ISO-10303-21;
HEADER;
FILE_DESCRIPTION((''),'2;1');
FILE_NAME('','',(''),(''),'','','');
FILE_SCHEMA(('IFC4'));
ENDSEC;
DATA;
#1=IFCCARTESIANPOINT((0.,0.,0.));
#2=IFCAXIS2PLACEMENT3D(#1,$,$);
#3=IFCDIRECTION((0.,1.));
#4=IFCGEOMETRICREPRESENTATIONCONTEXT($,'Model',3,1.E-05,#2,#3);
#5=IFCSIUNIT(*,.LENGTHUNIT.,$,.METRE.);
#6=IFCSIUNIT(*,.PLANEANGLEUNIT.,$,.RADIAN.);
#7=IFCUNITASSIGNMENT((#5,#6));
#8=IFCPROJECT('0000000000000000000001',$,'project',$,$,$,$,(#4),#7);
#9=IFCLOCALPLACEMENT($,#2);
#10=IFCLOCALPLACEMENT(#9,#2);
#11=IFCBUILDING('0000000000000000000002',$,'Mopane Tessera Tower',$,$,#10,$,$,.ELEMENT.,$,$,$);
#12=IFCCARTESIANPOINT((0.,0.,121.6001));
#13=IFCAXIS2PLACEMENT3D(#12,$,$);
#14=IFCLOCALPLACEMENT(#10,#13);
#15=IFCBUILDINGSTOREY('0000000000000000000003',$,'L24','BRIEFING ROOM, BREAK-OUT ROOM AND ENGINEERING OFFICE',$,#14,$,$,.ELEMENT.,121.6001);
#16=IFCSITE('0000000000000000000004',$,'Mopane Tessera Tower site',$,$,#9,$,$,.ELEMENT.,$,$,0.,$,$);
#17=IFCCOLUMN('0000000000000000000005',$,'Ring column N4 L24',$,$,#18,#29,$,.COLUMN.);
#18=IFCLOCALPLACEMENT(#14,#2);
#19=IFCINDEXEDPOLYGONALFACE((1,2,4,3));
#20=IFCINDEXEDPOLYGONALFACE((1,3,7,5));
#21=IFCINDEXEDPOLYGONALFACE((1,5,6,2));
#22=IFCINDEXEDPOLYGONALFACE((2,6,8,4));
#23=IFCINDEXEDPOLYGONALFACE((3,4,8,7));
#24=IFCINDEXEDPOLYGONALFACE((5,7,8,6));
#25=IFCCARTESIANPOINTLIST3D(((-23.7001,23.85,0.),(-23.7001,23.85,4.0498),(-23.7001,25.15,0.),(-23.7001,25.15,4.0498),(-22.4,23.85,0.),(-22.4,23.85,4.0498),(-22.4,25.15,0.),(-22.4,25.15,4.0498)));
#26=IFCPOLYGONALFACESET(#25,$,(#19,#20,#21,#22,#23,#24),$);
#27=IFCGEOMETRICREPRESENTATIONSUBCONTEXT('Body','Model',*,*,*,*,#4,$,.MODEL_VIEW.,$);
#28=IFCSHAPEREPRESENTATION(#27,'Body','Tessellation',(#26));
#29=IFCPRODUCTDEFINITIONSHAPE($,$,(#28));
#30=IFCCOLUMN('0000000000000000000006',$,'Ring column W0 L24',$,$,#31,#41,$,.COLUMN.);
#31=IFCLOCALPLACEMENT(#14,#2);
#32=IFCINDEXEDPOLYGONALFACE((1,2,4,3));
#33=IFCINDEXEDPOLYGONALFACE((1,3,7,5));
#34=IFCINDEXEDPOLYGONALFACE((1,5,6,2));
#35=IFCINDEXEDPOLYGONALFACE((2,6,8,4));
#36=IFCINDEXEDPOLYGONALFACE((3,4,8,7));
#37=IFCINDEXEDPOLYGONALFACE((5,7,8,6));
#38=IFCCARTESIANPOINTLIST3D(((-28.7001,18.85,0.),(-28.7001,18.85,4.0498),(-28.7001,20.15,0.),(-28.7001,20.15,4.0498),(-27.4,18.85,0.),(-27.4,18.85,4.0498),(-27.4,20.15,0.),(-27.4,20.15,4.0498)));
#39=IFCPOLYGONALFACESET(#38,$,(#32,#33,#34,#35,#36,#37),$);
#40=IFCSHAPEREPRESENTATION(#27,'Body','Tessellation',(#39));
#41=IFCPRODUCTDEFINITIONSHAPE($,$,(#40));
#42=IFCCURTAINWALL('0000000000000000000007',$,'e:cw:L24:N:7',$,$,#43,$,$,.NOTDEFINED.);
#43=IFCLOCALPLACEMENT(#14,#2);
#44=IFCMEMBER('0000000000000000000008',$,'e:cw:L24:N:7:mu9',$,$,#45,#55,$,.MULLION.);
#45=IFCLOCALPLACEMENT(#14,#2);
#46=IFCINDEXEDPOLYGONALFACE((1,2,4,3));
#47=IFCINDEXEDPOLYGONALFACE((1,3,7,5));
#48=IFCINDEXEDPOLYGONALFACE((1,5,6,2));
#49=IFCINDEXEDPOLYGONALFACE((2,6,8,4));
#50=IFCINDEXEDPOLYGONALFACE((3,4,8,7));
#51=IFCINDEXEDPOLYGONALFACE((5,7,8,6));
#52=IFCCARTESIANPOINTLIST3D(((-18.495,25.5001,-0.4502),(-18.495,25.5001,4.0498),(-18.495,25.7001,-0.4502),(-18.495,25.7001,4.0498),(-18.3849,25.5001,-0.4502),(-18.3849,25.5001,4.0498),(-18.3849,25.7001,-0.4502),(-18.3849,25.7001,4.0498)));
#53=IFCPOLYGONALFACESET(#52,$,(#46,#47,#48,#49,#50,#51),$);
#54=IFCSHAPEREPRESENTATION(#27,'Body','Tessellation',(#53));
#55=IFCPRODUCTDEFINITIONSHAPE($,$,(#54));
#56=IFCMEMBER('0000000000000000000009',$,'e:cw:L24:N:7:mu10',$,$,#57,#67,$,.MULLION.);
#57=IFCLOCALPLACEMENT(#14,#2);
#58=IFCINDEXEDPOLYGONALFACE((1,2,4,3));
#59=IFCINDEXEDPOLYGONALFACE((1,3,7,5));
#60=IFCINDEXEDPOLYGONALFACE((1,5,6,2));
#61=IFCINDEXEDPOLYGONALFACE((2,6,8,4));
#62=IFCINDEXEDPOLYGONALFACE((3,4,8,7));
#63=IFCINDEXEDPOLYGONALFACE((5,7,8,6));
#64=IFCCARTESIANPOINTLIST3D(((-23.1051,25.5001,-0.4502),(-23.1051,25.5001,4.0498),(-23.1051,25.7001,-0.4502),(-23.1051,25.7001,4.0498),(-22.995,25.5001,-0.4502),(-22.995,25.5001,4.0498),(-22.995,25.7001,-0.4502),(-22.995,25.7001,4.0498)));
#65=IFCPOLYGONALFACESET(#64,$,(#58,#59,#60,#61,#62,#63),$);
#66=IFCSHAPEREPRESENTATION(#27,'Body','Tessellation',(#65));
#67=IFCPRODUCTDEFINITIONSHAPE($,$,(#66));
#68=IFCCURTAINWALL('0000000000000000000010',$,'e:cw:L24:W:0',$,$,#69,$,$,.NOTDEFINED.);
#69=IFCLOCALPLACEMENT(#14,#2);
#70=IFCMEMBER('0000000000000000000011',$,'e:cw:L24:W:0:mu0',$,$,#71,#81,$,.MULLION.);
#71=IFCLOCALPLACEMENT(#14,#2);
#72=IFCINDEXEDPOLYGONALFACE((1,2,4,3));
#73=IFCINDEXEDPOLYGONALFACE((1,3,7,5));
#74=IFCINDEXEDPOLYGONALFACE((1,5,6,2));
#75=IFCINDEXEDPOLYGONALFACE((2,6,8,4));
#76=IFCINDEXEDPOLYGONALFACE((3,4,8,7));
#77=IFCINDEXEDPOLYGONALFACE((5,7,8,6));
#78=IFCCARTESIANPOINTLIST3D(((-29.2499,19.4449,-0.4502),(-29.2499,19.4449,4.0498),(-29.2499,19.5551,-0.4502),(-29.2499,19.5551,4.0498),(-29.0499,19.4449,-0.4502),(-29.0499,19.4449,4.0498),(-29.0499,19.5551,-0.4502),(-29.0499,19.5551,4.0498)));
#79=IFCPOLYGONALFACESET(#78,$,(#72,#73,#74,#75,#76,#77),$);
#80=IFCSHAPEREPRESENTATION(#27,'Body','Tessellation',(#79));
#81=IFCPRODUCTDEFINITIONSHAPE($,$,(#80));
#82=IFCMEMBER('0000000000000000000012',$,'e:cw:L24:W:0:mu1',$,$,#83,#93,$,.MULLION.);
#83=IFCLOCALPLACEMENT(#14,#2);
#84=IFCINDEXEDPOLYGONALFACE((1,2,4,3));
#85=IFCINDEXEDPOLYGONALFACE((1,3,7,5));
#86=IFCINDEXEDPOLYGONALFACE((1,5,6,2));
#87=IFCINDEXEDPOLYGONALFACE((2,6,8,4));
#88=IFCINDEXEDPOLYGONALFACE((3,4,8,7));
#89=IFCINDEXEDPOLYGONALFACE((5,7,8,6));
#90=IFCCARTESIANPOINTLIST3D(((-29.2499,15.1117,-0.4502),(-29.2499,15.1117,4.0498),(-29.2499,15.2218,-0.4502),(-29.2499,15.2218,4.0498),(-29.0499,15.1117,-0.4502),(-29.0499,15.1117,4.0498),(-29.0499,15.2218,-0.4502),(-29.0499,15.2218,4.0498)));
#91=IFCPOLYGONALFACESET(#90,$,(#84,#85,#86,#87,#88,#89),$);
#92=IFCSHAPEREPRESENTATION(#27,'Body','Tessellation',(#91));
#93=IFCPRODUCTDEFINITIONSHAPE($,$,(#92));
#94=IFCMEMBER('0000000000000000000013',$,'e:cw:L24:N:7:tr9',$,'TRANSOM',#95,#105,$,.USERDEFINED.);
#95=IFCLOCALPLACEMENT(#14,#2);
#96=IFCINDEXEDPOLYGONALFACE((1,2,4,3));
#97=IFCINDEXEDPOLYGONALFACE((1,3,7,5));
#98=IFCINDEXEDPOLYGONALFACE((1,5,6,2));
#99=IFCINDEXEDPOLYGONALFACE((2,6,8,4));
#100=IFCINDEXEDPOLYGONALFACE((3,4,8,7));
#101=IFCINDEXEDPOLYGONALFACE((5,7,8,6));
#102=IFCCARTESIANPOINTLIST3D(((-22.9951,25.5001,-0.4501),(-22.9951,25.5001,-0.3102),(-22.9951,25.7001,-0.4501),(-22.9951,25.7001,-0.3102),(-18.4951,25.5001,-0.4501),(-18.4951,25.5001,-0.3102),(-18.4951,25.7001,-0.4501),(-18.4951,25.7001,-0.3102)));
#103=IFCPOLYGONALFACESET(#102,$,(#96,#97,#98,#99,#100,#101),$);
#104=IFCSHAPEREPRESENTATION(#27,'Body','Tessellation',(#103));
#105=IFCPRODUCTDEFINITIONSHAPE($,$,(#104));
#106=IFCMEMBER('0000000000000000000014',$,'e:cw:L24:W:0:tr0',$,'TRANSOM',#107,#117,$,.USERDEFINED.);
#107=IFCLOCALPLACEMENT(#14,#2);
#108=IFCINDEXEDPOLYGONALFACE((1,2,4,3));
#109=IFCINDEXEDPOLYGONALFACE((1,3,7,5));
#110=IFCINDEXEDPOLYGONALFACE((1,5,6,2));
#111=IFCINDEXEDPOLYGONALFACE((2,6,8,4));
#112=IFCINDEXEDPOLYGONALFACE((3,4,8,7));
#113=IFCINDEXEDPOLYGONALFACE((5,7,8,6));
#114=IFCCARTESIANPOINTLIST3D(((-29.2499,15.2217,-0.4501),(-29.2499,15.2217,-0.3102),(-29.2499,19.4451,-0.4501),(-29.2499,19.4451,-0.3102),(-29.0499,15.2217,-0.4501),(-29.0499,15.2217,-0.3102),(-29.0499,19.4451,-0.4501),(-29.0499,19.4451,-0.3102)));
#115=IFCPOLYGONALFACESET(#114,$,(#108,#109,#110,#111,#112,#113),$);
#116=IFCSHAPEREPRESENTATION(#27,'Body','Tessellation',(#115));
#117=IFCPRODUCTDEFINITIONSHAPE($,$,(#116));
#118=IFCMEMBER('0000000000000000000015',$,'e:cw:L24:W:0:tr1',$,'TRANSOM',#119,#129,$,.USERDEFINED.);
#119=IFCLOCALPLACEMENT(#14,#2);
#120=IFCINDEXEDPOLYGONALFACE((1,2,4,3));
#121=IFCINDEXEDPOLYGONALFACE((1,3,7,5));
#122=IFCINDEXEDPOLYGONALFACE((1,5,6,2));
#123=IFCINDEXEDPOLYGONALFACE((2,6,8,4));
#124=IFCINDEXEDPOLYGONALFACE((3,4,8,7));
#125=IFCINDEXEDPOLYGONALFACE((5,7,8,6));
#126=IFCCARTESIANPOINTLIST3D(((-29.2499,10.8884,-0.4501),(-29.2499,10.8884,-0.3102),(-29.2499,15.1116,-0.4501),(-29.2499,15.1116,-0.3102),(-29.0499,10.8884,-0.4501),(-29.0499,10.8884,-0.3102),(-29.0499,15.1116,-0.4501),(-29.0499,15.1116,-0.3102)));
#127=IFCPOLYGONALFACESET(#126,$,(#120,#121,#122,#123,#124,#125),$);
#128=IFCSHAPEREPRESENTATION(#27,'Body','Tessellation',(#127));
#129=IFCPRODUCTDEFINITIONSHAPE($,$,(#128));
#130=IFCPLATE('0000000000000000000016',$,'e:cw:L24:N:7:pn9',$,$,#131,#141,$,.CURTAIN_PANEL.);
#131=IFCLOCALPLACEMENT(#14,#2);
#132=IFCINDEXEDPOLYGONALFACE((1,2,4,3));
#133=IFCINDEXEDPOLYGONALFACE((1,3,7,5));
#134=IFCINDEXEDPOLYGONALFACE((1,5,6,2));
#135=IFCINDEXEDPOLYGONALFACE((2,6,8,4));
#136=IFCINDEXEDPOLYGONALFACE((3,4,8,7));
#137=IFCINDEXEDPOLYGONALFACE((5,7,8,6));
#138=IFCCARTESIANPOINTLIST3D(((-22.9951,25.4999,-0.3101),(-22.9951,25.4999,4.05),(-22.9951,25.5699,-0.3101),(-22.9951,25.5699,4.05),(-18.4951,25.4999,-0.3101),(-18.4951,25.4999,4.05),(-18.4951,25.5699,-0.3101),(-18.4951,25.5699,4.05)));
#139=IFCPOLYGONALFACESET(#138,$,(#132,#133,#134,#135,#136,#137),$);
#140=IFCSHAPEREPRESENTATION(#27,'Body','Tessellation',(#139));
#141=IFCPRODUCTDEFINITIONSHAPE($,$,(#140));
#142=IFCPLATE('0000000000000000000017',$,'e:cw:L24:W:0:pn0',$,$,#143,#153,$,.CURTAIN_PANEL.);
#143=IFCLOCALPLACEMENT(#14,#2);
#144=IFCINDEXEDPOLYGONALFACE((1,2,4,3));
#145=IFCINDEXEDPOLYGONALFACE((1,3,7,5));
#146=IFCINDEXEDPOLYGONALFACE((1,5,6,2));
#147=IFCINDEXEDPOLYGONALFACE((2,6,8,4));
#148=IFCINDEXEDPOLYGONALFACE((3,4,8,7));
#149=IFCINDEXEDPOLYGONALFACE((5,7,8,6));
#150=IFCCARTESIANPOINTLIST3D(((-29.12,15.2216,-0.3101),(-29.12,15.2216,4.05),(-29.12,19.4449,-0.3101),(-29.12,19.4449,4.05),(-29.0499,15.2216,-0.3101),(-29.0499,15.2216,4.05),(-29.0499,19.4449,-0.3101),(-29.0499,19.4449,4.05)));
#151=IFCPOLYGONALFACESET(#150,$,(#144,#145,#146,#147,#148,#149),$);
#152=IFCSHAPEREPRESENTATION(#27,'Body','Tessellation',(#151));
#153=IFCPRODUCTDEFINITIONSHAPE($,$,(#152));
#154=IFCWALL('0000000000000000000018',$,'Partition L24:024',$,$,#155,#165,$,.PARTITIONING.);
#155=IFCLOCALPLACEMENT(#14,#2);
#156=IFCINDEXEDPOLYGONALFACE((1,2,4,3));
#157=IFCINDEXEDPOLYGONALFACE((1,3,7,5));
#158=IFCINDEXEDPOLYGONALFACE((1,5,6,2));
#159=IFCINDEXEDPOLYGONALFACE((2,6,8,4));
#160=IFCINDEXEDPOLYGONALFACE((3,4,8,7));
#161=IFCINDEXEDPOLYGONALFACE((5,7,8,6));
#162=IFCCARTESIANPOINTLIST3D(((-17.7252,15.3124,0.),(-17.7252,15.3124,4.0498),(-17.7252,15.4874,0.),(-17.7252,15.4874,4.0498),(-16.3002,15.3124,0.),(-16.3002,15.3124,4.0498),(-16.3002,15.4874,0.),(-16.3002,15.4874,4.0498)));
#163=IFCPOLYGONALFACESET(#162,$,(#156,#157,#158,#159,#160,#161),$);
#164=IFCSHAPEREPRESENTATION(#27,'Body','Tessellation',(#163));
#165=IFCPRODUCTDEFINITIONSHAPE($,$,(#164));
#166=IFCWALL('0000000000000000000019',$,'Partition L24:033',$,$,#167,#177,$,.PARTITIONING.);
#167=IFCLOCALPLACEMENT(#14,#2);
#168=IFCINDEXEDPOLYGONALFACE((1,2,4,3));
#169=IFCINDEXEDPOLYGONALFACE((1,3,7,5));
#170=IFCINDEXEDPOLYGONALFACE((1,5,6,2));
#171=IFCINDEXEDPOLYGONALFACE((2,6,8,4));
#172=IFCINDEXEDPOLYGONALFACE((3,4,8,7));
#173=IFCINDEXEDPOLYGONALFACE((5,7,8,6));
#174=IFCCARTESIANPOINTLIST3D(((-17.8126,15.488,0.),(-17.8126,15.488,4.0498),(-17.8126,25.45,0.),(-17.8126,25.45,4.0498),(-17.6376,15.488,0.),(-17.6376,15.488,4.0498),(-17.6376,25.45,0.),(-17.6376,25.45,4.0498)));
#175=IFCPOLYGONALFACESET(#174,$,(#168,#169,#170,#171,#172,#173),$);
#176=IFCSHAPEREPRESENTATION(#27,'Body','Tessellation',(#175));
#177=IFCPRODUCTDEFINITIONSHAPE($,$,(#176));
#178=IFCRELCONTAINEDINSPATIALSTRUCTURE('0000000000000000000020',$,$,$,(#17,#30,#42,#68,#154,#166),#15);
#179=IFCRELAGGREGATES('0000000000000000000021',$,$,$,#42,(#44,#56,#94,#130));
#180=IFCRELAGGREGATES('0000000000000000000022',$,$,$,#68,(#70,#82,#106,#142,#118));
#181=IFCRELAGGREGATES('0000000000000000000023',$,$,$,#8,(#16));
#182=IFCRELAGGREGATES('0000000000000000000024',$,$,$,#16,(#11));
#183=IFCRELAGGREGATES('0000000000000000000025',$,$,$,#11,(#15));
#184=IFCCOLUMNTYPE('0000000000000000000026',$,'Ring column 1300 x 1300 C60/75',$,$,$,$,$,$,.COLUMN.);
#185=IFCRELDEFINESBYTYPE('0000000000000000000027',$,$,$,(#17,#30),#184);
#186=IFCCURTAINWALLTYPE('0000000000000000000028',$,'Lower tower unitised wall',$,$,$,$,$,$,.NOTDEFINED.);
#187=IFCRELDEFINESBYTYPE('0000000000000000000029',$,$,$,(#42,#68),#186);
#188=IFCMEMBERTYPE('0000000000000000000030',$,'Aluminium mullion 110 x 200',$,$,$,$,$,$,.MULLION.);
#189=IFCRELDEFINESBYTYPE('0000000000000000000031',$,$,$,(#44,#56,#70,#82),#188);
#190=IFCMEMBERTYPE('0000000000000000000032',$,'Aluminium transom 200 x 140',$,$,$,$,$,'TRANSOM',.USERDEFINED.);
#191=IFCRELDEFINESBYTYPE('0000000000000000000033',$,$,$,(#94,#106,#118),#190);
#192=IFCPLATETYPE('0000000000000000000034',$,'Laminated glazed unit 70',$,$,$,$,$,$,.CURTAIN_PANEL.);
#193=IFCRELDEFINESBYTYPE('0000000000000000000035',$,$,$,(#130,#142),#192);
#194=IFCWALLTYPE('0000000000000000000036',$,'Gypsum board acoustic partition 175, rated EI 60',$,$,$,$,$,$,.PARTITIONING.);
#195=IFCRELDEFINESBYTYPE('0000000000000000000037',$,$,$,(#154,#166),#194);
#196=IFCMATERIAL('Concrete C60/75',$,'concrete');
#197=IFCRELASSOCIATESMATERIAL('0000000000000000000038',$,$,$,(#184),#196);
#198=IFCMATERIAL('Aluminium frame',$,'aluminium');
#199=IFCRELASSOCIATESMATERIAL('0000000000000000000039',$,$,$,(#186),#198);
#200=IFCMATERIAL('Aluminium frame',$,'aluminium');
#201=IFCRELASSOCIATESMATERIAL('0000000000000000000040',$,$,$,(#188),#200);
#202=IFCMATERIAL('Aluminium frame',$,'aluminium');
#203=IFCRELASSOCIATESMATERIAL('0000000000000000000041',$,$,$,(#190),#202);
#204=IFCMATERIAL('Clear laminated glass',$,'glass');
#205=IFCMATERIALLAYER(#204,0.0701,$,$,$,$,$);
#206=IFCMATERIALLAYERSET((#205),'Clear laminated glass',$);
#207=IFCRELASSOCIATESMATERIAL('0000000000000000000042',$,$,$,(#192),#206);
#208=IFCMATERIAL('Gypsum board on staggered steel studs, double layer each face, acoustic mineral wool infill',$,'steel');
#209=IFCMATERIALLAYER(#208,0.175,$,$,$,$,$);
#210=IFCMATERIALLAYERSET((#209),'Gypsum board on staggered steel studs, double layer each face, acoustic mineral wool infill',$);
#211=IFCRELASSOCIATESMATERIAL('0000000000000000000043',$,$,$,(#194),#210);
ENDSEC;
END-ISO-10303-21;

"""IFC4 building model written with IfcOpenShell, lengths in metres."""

from ifc_helpers import new_model, si_unit, direction, frame, frame_2d, origin, origin_2d, place, context, subcontext, project, spatial, rectangle, extrude, material, layer, layer_set, material_profile, profile_set, type_object, element, aggregate, save


model = new_model("IFC4")

# Units and contexts
model_context = context("Model", 3, precision=1e-05, world=origin(), true_north=direction((0.0, 1.0)))
body_context = subcontext(model_context, "Body", "Model", "MODEL_VIEW")
ifc_project = project(units=[si_unit("LENGTHUNIT", "METRE"), si_unit("PLANEANGLEUNIT", "RADIAN")], contexts=[model_context])

# Site, building, storey
site_placement = place(None, origin())
site = spatial("IfcSite", under=ifc_project, at=site_placement, Name="Mopane Tessera Tower site", CompositionType="ELEMENT", RefElevation=0.0)
building_placement = place(site_placement, origin())
building = spatial("IfcBuilding", under=site, at=building_placement, Name="Mopane Tessera Tower", CompositionType="ELEMENT")
storey_placement = place(building_placement, frame((0.0, 0.0, 121.6001)))
storey = spatial("IfcBuildingStorey", under=building, at=storey_placement, Name="L24", Description="BRIEFING ROOM, BREAK-OUT ROOM AND ENGINEERING OFFICE", CompositionType="ELEMENT", Elevation=121.6001)

# Columns
ifc_material_1 = material(Name="Concrete C60/75", Category="concrete")
ifc_material_profile_1 = material_profile(ifc_material_1, rectangle(XDim=1.3, YDim=1.3, at=origin_2d()))
ifc_profile_set_1 = profile_set([ifc_material_profile_1], Name="Concrete C60/75")
column_type = type_object("IfcColumnType", Name="Ring column 1300 x 1300 C60/75", PredefinedType="COLUMN", material=ifc_profile_set_1)
for number, where, z_axis, x_axis, name in (
    (1, (-23.05, 24.5, 0.0), (0.0, 0.0, 1.0), (1.0, 0.0, 0.0), "Ring column N4 L24"),
    (2, (-28.05, 19.5, 0.0), (0.0, 0.0, 1.0), (1.0, 0.0, 0.0), "Ring column W0 L24"),
):
    element("IfcColumn", number, at=place(storey_placement, frame(where, z_axis=z_axis, x_axis=x_axis)), inside=storey, type_object=column_type, Name=name, PredefinedType="COLUMN", context=body_context, shape_type="SweptSolid", body=[
        extrude(rectangle(XDim=1.3, YDim=1.3, at=origin_2d()), origin(), (0.0, 0.0, 1.0), 4.0498),
    ])

# Curtain walls, members
ifc_material_2 = material(Name="Aluminium frame", Category="aluminium")
curtain_wall_type = type_object("IfcCurtainWallType", Name="Lower tower unitised wall", PredefinedType="NOTDEFINED", material=ifc_material_2)
curtain_wall_1_placement = place(storey_placement, origin())
curtain_wall_1 = element("IfcCurtainWall", 3, at=curtain_wall_1_placement, inside=storey, type_object=curtain_wall_type, Name="e:cw:L24:N:7", PredefinedType="NOTDEFINED")
ifc_material_3 = material(Name="Aluminium frame", Category="aluminium")
ifc_material_profile_2 = material_profile(ifc_material_3, rectangle(XDim=0.1101, YDim=0.2, at=origin_2d()))
ifc_profile_set_2 = profile_set([ifc_material_profile_2], Name="Aluminium frame")
member_type_1 = type_object("IfcMemberType", Name="Aluminium mullion 110 x 200", PredefinedType="MULLION", material=ifc_profile_set_2)
member_1_placement = place(storey_placement, frame((-18.4399, 25.6001, -0.4502), z_axis=(0.0, 0.0, 1.0), x_axis=(-1.0, 0.0, 0.0)))
member_1 = element("IfcMember", 4, at=member_1_placement, type_object=member_type_1, Name="e:cw:L24:N:7:mu9", PredefinedType="MULLION", context=body_context, shape_type="SweptSolid", body=[
    extrude(rectangle(XDim=0.1101, YDim=0.2, at=origin_2d()), origin(), (0.0, 0.0, 1.0), 4.5),
])
member_2_placement = place(storey_placement, frame((-23.05, 25.6001, -0.4502), z_axis=(0.0, 0.0, 1.0), x_axis=(-1.0, 0.0, 0.0)))
member_2 = element("IfcMember", 5, at=member_2_placement, type_object=member_type_1, Name="e:cw:L24:N:7:mu10", PredefinedType="MULLION", context=body_context, shape_type="SweptSolid", body=[
    extrude(rectangle(XDim=0.1101, YDim=0.2, at=origin_2d()), origin(), (0.0, 0.0, 1.0), 4.5),
])
curtain_wall_2_placement = place(storey_placement, origin())
curtain_wall_2 = element("IfcCurtainWall", 6, at=curtain_wall_2_placement, inside=storey, type_object=curtain_wall_type, Name="e:cw:L24:W:0", PredefinedType="NOTDEFINED")
member_3_placement = place(storey_placement, frame((-29.1499, 19.5, -0.4502), z_axis=(0.0, 0.0, 1.0), x_axis=(0.0, -1.0, 0.0)))
member_3 = element("IfcMember", 7, at=member_3_placement, type_object=member_type_1, Name="e:cw:L24:W:0:mu0", PredefinedType="MULLION", context=body_context, shape_type="SweptSolid", body=[
    extrude(rectangle(XDim=0.1101, YDim=0.2, at=origin_2d()), origin(), (0.0, 0.0, 1.0), 4.5),
])
member_4_placement = place(storey_placement, frame((-29.1499, 15.1667, -0.4502), z_axis=(0.0, 0.0, 1.0), x_axis=(0.0, -1.0, 0.0)))
member_4 = element("IfcMember", 8, at=member_4_placement, type_object=member_type_1, Name="e:cw:L24:W:0:mu1", PredefinedType="MULLION", context=body_context, shape_type="SweptSolid", body=[
    extrude(rectangle(XDim=0.1101, YDim=0.2, at=origin_2d()), origin(), (0.0, 0.0, 1.0), 4.5),
])

# Members
ifc_material_4 = material(Name="Aluminium frame", Category="aluminium")
ifc_material_profile_3 = material_profile(ifc_material_4, rectangle(XDim=0.2, YDim=0.1399, at=origin_2d()))
ifc_profile_set_3 = profile_set([ifc_material_profile_3], Name="Aluminium frame")
member_type_2 = type_object("IfcMemberType", Name="Aluminium transom 200 x 140", ElementType="TRANSOM", PredefinedType="USERDEFINED", material=ifc_profile_set_3)
member_5_placement = place(storey_placement, frame((-18.4951, 25.6001, -0.3801), z_axis=(-1.0, 0.0, 0.0), x_axis=(0.0, -1.0, 0.0)))
member_5 = element("IfcMember", 9, at=member_5_placement, type_object=member_type_2, Name="e:cw:L24:N:7:tr9", ObjectType="TRANSOM", PredefinedType="USERDEFINED", context=body_context, shape_type="SweptSolid", body=[
    extrude(rectangle(XDim=0.2, YDim=0.1399, at=origin_2d()), origin(), (0.0, 0.0, 1.0), 4.5),
])
member_6_placement = place(storey_placement, frame((-29.1499, 19.4451, -0.3801), z_axis=(0.0, -1.0, 0.0), x_axis=(1.0, 0.0, 0.0)))
member_6 = element("IfcMember", 10, at=member_6_placement, type_object=member_type_2, Name="e:cw:L24:W:0:tr0", ObjectType="TRANSOM", PredefinedType="USERDEFINED", context=body_context, shape_type="SweptSolid", body=[
    extrude(rectangle(XDim=0.2, YDim=0.1399, at=origin_2d()), origin(), (0.0, 0.0, 1.0), 4.2234),
])
member_7_placement = place(storey_placement, frame((-29.1499, 15.1116, -0.3801), z_axis=(0.0, -1.0, 0.0), x_axis=(1.0, 0.0, 0.0)))
member_7 = element("IfcMember", 11, at=member_7_placement, type_object=member_type_2, Name="e:cw:L24:W:0:tr1", ObjectType="TRANSOM", PredefinedType="USERDEFINED", context=body_context, shape_type="SweptSolid", body=[
    extrude(rectangle(XDim=0.2, YDim=0.1399, at=origin_2d()), origin(), (0.0, 0.0, 1.0), 4.2231),
])

# Plates
ifc_material_5 = material(Name="Clear laminated glass", Category="glass")
ifc_layer_1 = layer(ifc_material_5, 0.0701)
ifc_layer_set_1 = layer_set([ifc_layer_1], Name="Clear laminated glass")
plate_type = type_object("IfcPlateType", Name="Laminated glazed unit 70", PredefinedType="CURTAIN_PANEL", material=ifc_layer_set_1)
plate_1_placement = place(storey_placement, frame((-20.7451, 25.5349, -0.3101), z_axis=(0.0, 0.0, 1.0), x_axis=(-1.0, 0.0, 0.0)))
plate_1 = element("IfcPlate", 12, at=plate_1_placement, type_object=plate_type, Name="e:cw:L24:N:7:pn9", PredefinedType="CURTAIN_PANEL", context=body_context, shape_type="SweptSolid", body=[
    extrude(rectangle(XDim=4.5, YDim=0.0701, at=origin_2d()), origin(), (0.0, 0.0, 1.0), 4.3601),
])
aggregate(curtain_wall_1, [member_1, member_2, member_5, plate_1])
plate_2_placement = place(storey_placement, frame((-29.085, 17.3333, -0.3101), z_axis=(0.0, 0.0, 1.0), x_axis=(0.0, -1.0, 0.0)))
plate_2 = element("IfcPlate", 13, at=plate_2_placement, type_object=plate_type, Name="e:cw:L24:W:0:pn0", PredefinedType="CURTAIN_PANEL", context=body_context, shape_type="SweptSolid", body=[
    extrude(rectangle(XDim=4.2234, YDim=0.0701, at=origin_2d()), origin(), (0.0, 0.0, 1.0), 4.3601),
])
aggregate(curtain_wall_2, [member_3, member_4, member_6, plate_2, member_7])

# Walls
ifc_material_6 = material(Name="Gypsum board on staggered steel studs, double layer each face, acoustic mineral wool infill", Category="steel")
ifc_layer_2 = layer(ifc_material_6, 0.175)
ifc_layer_set_2 = layer_set([ifc_layer_2], Name="Gypsum board on staggered steel studs, double layer each face, acoustic mineral wool infill")
wall_type_1 = type_object("IfcWallType", Name="Gypsum board acoustic partition 175, rated EI 60", PredefinedType="PARTITIONING", material=ifc_layer_set_2)
wall_1_placement = place(storey_placement, frame((-17.7251, 15.3999, 0.0), z_axis=(0.0, 0.0, 1.0), x_axis=(1.0, 0.0, 0.0)))
element("IfcWall", 14, at=wall_1_placement, inside=storey, type_object=wall_type_1, Name="Partition L24:024", PredefinedType="PARTITIONING", context=body_context, shape_type="SweptSolid", body=[
    extrude(rectangle(XDim=1.425, YDim=0.175, at=frame_2d((0.7124, 0.0))), origin(), (0.0, 0.0, 1.0), 4.0498),
])
wall_2_placement = place(storey_placement, frame((-17.7251, 15.488, 0.0), z_axis=(0.0, 0.0, 1.0), x_axis=(0.0, 1.0, 0.0)))
element("IfcWall", 15, at=wall_2_placement, inside=storey, type_object=wall_type_1, Name="Partition L24:033", PredefinedType="PARTITIONING", context=body_context, shape_type="SweptSolid", body=[
    extrude(rectangle(XDim=9.9619, YDim=0.175, at=frame_2d((4.981, 0.0))), origin(), (0.0, 0.0, 1.0), 4.0498),
])

save(model, "model.ifc")
